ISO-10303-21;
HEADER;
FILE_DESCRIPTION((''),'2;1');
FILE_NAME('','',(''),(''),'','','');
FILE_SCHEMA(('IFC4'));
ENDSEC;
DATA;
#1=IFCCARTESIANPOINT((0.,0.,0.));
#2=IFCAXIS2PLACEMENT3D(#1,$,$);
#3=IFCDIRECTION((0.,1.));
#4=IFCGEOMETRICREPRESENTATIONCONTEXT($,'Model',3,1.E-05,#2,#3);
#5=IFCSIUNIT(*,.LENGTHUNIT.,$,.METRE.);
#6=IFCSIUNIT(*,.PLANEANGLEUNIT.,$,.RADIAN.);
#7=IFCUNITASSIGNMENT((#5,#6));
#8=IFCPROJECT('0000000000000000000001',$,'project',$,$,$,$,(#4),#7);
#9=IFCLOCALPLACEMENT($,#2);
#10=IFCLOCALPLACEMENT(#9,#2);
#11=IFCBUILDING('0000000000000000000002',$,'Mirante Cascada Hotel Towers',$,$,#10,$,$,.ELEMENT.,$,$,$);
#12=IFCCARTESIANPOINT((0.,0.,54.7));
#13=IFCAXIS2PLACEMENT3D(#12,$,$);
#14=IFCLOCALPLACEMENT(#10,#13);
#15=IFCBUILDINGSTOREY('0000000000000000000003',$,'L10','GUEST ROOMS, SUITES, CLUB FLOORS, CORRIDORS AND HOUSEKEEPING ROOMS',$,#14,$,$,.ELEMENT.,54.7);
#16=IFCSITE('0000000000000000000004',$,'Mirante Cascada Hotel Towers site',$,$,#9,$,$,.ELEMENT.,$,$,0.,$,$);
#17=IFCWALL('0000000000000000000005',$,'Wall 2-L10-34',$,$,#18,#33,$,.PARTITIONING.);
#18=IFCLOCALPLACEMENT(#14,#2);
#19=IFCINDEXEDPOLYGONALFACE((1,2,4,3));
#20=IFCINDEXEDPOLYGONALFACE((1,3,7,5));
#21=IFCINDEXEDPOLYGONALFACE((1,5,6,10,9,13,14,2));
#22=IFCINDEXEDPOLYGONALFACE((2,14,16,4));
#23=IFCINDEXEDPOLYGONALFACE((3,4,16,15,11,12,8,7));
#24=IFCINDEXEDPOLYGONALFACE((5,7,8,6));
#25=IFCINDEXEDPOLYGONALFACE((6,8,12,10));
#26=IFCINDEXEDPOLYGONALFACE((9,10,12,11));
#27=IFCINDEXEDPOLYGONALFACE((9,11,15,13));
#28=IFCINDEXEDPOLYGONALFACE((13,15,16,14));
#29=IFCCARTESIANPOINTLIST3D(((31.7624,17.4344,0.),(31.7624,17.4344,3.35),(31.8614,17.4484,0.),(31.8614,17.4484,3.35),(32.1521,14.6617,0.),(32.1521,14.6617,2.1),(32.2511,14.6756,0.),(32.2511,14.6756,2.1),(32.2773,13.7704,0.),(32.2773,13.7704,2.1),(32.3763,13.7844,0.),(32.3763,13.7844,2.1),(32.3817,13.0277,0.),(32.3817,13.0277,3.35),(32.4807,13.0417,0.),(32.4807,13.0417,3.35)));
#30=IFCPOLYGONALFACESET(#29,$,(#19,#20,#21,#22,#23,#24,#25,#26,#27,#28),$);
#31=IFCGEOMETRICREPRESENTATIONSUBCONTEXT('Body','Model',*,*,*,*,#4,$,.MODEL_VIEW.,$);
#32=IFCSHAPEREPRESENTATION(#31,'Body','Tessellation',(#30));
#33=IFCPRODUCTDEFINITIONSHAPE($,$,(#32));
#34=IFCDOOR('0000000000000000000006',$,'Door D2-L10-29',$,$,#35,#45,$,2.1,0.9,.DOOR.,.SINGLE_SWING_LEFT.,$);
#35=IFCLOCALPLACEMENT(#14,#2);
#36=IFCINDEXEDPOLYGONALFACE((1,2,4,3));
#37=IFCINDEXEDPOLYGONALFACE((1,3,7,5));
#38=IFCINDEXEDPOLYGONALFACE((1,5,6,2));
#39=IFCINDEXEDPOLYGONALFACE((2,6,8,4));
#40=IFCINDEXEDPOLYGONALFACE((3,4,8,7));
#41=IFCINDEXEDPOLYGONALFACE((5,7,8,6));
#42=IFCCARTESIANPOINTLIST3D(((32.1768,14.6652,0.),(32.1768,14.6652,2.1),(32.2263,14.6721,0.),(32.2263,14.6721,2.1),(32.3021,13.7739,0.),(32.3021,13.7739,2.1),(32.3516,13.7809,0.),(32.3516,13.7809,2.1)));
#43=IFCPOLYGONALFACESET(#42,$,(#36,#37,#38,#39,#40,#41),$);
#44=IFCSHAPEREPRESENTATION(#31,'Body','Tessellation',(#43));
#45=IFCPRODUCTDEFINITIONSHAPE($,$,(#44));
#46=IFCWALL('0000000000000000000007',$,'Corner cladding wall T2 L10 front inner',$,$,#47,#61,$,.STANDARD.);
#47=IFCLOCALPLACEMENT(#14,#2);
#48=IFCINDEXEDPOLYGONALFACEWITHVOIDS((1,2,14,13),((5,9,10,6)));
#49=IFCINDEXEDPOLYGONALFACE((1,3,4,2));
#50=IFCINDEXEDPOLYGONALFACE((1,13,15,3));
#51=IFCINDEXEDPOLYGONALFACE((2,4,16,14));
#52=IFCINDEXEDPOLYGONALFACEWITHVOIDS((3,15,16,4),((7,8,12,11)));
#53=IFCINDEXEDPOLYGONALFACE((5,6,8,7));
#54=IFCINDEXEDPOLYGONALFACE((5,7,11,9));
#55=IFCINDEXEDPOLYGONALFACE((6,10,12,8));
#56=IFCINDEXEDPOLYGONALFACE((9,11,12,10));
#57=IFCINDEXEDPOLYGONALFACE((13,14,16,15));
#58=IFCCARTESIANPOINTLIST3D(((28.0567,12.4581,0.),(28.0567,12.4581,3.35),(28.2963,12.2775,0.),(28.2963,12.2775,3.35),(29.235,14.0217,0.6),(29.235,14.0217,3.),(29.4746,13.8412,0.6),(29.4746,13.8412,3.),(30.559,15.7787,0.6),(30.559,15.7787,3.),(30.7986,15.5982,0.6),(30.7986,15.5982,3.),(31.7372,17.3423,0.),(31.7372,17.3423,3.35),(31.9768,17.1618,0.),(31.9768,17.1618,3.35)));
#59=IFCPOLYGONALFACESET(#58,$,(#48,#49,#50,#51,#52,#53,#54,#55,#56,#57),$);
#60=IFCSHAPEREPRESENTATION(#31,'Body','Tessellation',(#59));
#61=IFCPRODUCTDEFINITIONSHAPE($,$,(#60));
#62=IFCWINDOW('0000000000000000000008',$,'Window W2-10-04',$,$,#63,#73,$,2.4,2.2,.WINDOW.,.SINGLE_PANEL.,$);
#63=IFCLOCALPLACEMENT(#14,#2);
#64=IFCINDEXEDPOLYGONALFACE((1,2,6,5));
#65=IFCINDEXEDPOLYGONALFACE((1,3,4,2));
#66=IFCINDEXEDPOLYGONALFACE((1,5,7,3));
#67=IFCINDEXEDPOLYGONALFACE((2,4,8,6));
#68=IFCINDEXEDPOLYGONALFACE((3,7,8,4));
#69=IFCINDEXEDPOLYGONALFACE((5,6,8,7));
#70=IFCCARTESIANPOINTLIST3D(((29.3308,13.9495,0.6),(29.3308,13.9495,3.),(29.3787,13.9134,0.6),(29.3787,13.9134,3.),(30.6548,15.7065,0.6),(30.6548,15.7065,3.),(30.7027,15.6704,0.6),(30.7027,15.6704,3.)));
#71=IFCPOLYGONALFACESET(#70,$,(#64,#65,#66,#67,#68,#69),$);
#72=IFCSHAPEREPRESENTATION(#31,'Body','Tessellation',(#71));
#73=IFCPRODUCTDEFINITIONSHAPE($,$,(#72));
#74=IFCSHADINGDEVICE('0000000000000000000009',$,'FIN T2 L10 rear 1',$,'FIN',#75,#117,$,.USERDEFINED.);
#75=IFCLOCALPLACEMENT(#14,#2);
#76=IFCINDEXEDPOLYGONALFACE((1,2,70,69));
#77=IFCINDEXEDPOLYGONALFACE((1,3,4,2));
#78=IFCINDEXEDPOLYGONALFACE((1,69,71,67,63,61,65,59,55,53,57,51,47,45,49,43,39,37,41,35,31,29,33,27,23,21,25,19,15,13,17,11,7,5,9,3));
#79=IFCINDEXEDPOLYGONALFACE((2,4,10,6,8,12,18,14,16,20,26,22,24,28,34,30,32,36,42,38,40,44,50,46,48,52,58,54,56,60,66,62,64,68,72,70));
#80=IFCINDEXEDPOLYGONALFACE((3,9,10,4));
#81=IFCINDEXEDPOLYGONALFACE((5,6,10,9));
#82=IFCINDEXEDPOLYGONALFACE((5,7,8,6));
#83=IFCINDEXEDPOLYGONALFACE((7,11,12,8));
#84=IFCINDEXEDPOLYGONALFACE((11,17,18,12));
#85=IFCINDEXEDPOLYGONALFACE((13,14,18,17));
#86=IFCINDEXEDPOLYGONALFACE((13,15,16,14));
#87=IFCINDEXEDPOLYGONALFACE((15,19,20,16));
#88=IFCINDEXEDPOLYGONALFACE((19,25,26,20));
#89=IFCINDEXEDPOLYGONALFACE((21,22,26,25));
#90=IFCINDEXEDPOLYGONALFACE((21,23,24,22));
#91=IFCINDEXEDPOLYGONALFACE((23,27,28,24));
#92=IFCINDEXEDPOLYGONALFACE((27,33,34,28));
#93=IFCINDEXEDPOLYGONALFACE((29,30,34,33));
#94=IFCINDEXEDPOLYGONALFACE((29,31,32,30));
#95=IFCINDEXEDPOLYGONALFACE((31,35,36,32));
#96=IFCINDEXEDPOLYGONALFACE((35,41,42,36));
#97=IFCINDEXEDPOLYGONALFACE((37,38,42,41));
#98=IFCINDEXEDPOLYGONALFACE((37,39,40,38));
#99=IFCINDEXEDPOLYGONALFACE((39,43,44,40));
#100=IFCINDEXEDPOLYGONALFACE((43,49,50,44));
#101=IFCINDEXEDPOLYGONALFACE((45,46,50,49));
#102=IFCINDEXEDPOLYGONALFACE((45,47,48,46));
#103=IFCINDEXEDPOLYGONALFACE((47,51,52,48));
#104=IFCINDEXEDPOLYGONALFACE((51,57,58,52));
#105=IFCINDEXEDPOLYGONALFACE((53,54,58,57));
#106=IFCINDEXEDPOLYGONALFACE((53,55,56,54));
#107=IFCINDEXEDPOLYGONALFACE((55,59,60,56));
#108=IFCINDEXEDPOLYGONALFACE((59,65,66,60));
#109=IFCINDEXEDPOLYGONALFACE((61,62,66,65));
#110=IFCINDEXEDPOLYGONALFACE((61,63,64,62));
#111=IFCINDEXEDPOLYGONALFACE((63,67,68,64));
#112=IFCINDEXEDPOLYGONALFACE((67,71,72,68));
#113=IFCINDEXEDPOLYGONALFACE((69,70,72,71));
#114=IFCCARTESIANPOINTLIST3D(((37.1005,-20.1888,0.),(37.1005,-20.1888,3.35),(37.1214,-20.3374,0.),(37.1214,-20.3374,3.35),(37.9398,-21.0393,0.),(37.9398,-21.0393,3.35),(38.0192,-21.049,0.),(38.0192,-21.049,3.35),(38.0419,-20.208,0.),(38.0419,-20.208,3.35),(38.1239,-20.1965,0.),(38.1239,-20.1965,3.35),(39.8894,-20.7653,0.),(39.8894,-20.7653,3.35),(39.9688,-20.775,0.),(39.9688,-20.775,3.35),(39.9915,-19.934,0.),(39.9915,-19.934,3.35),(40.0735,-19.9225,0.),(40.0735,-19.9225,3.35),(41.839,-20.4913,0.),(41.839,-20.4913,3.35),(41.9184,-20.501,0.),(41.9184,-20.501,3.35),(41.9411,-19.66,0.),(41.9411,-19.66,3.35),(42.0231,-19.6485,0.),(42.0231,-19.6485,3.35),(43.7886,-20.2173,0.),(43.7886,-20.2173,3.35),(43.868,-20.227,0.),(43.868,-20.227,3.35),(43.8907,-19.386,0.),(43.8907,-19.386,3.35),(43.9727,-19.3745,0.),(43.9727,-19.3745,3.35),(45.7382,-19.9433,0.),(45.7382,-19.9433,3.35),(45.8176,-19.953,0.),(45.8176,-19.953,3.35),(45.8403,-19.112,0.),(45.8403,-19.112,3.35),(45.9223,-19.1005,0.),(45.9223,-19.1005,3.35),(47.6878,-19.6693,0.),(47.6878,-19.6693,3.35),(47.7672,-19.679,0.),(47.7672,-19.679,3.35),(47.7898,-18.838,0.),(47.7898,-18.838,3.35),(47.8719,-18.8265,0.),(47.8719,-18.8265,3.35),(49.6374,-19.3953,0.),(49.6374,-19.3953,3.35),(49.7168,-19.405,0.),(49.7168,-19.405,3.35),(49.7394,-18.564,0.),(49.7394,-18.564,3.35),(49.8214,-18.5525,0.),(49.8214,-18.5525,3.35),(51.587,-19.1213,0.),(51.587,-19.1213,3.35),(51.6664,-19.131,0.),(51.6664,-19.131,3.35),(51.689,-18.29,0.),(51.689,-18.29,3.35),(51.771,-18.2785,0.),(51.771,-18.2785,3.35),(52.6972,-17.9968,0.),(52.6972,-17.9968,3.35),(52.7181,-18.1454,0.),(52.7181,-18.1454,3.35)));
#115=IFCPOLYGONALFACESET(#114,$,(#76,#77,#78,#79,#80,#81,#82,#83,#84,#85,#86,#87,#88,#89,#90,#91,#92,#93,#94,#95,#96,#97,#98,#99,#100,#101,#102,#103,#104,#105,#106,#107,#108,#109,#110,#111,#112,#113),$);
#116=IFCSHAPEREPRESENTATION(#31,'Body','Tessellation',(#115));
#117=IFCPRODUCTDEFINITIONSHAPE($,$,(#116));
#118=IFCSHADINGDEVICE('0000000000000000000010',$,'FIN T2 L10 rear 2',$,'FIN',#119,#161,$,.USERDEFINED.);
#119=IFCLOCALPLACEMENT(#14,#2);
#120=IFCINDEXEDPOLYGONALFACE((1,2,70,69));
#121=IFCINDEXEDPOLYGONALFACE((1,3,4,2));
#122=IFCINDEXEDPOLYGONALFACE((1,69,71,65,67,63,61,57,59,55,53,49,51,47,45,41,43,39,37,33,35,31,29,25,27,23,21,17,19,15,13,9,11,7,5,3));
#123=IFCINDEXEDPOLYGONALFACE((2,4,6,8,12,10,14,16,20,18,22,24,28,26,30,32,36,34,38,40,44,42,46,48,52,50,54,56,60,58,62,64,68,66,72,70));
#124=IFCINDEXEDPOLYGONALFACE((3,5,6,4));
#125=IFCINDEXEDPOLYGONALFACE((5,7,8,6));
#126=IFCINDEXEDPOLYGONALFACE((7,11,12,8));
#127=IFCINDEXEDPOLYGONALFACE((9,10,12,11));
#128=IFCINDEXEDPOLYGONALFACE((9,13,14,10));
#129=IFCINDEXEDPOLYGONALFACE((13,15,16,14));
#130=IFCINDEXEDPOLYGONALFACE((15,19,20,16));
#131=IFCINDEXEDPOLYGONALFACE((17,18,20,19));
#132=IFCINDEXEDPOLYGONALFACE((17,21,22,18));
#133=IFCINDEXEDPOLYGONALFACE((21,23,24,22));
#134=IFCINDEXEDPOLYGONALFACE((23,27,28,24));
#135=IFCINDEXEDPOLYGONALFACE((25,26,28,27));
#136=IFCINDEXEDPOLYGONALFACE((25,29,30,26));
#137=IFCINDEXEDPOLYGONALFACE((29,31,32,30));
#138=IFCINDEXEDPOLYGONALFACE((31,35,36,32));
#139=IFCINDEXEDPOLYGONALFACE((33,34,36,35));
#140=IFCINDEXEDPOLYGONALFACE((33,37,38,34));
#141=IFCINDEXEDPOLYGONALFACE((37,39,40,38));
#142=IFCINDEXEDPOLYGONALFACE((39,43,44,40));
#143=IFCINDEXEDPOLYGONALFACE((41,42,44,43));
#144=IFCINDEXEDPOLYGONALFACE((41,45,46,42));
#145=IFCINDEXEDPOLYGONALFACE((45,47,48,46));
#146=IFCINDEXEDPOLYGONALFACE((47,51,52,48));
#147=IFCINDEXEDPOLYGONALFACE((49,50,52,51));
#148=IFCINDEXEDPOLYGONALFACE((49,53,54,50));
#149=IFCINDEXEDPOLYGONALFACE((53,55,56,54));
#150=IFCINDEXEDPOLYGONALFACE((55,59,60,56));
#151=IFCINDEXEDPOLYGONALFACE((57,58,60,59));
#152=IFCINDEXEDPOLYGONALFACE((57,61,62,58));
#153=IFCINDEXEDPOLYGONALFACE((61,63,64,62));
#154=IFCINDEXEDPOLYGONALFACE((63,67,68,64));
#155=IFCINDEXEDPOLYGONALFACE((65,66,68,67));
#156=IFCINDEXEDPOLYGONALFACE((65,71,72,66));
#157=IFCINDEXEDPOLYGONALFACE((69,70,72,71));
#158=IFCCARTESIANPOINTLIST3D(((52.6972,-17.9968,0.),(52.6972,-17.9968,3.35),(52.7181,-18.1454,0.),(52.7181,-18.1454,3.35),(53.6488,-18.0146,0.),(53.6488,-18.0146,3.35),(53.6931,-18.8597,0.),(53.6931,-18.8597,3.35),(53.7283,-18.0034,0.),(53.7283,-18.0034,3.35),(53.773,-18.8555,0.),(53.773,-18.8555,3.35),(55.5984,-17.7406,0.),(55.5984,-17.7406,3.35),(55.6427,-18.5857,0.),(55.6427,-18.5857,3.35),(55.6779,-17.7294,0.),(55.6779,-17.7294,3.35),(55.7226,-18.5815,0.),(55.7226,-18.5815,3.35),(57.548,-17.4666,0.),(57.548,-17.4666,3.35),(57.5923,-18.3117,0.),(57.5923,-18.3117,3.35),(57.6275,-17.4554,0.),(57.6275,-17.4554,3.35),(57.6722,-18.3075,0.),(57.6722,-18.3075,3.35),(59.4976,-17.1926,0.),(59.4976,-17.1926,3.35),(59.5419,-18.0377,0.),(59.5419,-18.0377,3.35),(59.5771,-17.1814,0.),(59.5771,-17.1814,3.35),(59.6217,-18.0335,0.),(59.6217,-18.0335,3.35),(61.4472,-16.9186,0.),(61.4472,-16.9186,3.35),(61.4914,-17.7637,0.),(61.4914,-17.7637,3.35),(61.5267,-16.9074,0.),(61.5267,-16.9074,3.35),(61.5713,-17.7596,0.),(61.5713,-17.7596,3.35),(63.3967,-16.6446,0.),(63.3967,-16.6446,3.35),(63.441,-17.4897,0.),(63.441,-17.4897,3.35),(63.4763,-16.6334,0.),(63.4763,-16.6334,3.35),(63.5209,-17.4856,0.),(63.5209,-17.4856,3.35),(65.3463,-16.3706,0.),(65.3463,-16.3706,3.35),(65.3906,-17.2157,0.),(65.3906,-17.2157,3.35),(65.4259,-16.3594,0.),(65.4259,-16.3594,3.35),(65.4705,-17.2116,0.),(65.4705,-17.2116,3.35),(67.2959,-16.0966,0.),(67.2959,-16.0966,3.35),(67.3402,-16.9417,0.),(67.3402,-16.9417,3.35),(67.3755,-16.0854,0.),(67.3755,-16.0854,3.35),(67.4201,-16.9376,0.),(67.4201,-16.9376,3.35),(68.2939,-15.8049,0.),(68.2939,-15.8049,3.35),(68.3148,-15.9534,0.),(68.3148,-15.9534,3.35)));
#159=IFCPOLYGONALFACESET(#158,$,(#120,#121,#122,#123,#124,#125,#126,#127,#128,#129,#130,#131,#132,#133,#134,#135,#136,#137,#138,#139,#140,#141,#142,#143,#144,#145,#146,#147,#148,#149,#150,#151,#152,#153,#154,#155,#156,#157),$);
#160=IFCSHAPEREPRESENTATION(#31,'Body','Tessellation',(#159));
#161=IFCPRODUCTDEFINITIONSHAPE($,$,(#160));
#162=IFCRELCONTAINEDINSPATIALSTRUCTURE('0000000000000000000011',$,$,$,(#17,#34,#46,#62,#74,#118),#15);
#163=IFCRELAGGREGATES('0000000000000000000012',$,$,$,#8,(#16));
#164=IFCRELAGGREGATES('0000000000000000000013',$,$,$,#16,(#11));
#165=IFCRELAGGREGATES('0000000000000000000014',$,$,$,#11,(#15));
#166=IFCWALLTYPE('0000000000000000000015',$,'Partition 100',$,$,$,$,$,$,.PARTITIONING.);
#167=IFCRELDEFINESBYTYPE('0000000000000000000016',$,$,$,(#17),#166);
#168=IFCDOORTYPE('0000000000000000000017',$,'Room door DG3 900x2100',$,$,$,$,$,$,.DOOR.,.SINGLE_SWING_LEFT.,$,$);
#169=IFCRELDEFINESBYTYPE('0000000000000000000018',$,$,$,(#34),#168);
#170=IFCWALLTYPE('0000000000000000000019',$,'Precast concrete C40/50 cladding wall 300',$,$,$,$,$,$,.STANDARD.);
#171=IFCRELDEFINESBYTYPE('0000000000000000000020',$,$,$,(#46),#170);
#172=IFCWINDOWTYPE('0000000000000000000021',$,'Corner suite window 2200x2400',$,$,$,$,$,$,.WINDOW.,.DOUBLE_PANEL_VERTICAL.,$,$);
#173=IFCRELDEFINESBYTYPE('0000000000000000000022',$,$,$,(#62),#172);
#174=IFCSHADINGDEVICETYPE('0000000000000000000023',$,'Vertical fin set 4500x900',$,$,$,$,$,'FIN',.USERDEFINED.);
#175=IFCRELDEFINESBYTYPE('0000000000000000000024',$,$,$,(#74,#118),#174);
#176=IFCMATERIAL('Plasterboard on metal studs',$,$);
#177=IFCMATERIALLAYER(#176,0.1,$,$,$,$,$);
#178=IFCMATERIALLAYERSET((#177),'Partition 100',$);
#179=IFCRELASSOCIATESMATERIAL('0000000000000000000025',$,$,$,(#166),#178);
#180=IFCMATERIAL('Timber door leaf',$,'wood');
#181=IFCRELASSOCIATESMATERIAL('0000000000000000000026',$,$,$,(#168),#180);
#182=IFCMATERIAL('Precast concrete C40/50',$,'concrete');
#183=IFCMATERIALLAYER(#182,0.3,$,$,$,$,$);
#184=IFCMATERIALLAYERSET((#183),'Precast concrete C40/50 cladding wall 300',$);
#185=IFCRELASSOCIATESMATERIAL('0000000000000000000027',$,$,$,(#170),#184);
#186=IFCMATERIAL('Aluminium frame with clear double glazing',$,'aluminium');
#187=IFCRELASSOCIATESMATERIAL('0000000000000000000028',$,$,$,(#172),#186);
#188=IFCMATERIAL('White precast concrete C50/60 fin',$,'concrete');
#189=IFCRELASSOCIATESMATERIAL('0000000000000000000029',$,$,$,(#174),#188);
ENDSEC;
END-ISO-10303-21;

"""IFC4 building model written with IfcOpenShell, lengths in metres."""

from ifc_helpers import new_model, si_unit, direction, frame, frame_2d, origin, place, context, subcontext, project, spatial, polyline, rectangle, outline, extrude, material, layer, layer_set, type_object, element, fill, save


model = new_model("IFC4")

# Units and contexts
model_context = context("Model", 3, precision=1e-05, world=origin(), true_north=direction((0.0, 1.0)))
body_context = subcontext(model_context, "Body", "Model", "MODEL_VIEW")
ifc_project = project(units=[si_unit("LENGTHUNIT", "METRE"), si_unit("PLANEANGLEUNIT", "RADIAN")], contexts=[model_context])

# Site, building, storey
site_placement = place(None, origin())
site = spatial("IfcSite", under=ifc_project, at=site_placement, Name="Mirante Cascada Hotel Towers site", CompositionType="ELEMENT", RefElevation=0.0)
building_placement = place(site_placement, origin())
building = spatial("IfcBuilding", under=site, at=building_placement, Name="Mirante Cascada Hotel Towers", CompositionType="ELEMENT")
storey_placement = place(building_placement, frame((0.0, 0.0, 54.7)))
storey = spatial("IfcBuildingStorey", under=building, at=storey_placement, Name="L10", Description="GUEST ROOMS, SUITES, CLUB FLOORS, CORRIDORS AND HOUSEKEEPING ROOMS", CompositionType="ELEMENT", Elevation=54.7)

# Shared definitions
ifc_material_1 = material(Name="Plasterboard on metal studs")
ifc_layer_1 = layer(ifc_material_1, 0.1)
ifc_layer_set_1 = layer_set([ifc_layer_1], Name="Partition 100")
wall_type_1 = type_object("IfcWallType", Name="Partition 100", PredefinedType="PARTITIONING", material=ifc_layer_set_1)

# Wall, opening, door
wall_1_placement = place(storey_placement, frame((31.8119, 17.4414, 0.0), z_axis=(0.0, 0.0, 1.0), x_axis=(0.139168, -0.990269, 0.0)))
wall_1 = element("IfcWall", 1, at=wall_1_placement, inside=storey, type_object=wall_type_1, Name="Wall 2-L10-34", PredefinedType="PARTITIONING", context=body_context, shape_type="SweptSolid", body=[
    extrude(rectangle(XDim=4.45, YDim=0.1, at=frame_2d((2.225, 0.0))), origin(), (0.0, 0.0, 1.0), 3.35),
])
opening_1_placement = place(wall_1_placement, frame((2.8, 0.0, 0.0)))
opening_1 = element("IfcOpeningElement", 2, at=opening_1_placement, cuts=wall_1, PredefinedType="OPENING", context=body_context, shape_type="SweptSolid", body=[
    extrude(rectangle(XDim=0.9, YDim=2.1, at=frame_2d((0.45, 1.05))), frame((0.0, 0.05, 0.0), z_axis=(0.0, -1.0, 0.0), x_axis=(1.0, 0.0, 0.0)), (0.0, 0.0, 1.0), 0.1),
])
ifc_material_2 = material(Name="Timber door leaf", Category="wood")
door_type_1 = type_object("IfcDoorType", Name="Room door DG3 900x2100", OperationType="SINGLE_SWING_LEFT", PredefinedType="DOOR", material=ifc_material_2)
door_1_placement = place(opening_1_placement, origin())
door_1 = element("IfcDoor", 3, at=door_1_placement, inside=storey, type_object=door_type_1, Name="Door D2-L10-29", OperationType="SINGLE_SWING_LEFT", OverallHeight=2.1, OverallWidth=0.9, PredefinedType="DOOR", context=body_context, shape_type="SweptSolid", body=[
    extrude(rectangle(XDim=0.9, YDim=2.1, at=frame_2d((0.45, 1.05))), frame((0.0, 0.025, 0.0), z_axis=(0.0, -1.0, 0.0), x_axis=(1.0, 0.0, 0.0)), (0.0, 0.0, 1.0), 0.05),
])
fill(opening_1, door_1)

# Wall, opening, window
ifc_material_3 = material(Name="Precast concrete C40/50", Category="concrete")
ifc_layer_2 = layer(ifc_material_3, 0.3)
ifc_layer_set_2 = layer_set([ifc_layer_2], Name="Precast concrete C40/50 cladding wall 300")
wall_type_2 = type_object("IfcWallType", Name="Precast concrete C40/50 cladding wall 300", PredefinedType="STANDARD", material=ifc_layer_set_2)
wall_2_placement = place(storey_placement, frame((31.857, 17.252, 0.0), z_axis=(0.0, 0.0, 1.0), x_axis=(-0.601814, -0.798636, 0.0)))
wall_2 = element("IfcWall", 4, at=wall_2_placement, inside=storey, type_object=wall_type_2, Name="Corner cladding wall T2 L10 front inner", PredefinedType="STANDARD", context=body_context, shape_type="SweptSolid", body=[
    extrude(rectangle(XDim=6.1157, YDim=0.3, at=frame_2d((3.0578, 0.0))), origin(), (0.0, 0.0, 1.0), 3.35),
])
opening_2_placement = place(wall_2_placement, frame((1.9578, 0.0, 0.6)))
opening_2 = element("IfcOpeningElement", 5, at=opening_2_placement, cuts=wall_2, PredefinedType="OPENING", context=body_context, shape_type="SweptSolid", body=[
    extrude(rectangle(XDim=2.2, YDim=2.4, at=frame_2d((1.1, 1.2))), frame((0.0, 0.15, 0.0), z_axis=(0.0, -1.0, 0.0), x_axis=(1.0, 0.0, 0.0)), (0.0, 0.0, 1.0), 0.3),
])
ifc_material_4 = material(Name="Aluminium frame with clear double glazing", Category="aluminium")
window_type = type_object("IfcWindowType", Name="Corner suite window 2200x2400", PartitioningType="DOUBLE_PANEL_VERTICAL", PredefinedType="WINDOW", material=ifc_material_4)
window_placement = place(opening_2_placement, origin())
window = element("IfcWindow", 6, at=window_placement, inside=storey, type_object=window_type, Name="Window W2-10-04", OverallHeight=2.4, OverallWidth=2.2, PartitioningType="SINGLE_PANEL", PredefinedType="WINDOW", context=body_context, shape_type="SweptSolid", body=[
    extrude(rectangle(XDim=2.2, YDim=2.4, at=frame_2d((1.1, 1.2))), frame((0.0, 0.03, 0.0), z_axis=(0.0, -1.0, 0.0), x_axis=(1.0, 0.0, 0.0)), (0.0, 0.0, 1.0), 0.06),
])
fill(opening_2, window)

# Shading devices
ifc_material_5 = material(Name="White precast concrete C50/60 fin", Category="concrete")
shading_device_type = type_object("IfcShadingDeviceType", Name="Vertical fin set 4500x900", ElementType="FIN", PredefinedType="USERDEFINED", material=ifc_material_5)
shading_device_1_placement = place(storey_placement, origin())
element("IfcShadingDevice", 7, at=shading_device_1_placement, inside=storey, type_object=shading_device_type, Name="FIN T2 L10 rear 1", ObjectType="FIN", PredefinedType="USERDEFINED", context=body_context, shape_type="SweptSolid", body=[
    extrude(outline(polyline([(37.9398, -21.0393), (38.0419, -20.208), (37.1214, -20.3374), (37.1005, -20.1888), (52.6972, -17.9968), (52.7181, -18.1454), (51.771, -18.2785), (51.6664, -19.131), (51.587, -19.1213), (51.689, -18.29), (49.8214, -18.5525), (49.7168, -19.405), (49.6374, -19.3953), (49.7394, -18.564), (47.8719, -18.8265), (47.7672, -19.679), (47.6878, -19.6693), (47.7898, -18.838), (45.9223, -19.1005), (45.8176, -19.953), (45.7382, -19.9433), (45.8403, -19.112), (43.9727, -19.3745), (43.868, -20.227), (43.7886, -20.2173), (43.8907, -19.386), (42.0231, -19.6485), (41.9184, -20.501), (41.839, -20.4913), (41.9411, -19.66), (40.0735, -19.9225), (39.9688, -20.775), (39.8894, -20.7653), (39.9915, -19.934), (38.1239, -20.1965), (38.0192, -21.049), (37.9398, -21.0393)])), origin(), (0.0, 0.0, 1.0), 3.35),
])
shading_device_2_placement = place(storey_placement, origin())
element("IfcShadingDevice", 8, at=shading_device_2_placement, inside=storey, type_object=shading_device_type, Name="FIN T2 L10 rear 2", ObjectType="FIN", PredefinedType="USERDEFINED", context=body_context, shape_type="SweptSolid", body=[
    extrude(outline(polyline([(53.6931, -18.8597), (53.6488, -18.0146), (52.7181, -18.1454), (52.6972, -17.9968), (68.2939, -15.8049), (68.3148, -15.9534), (67.3755, -16.0854), (67.4201, -16.9376), (67.3402, -16.9417), (67.2959, -16.0966), (65.4259, -16.3594), (65.4705, -17.2116), (65.3906, -17.2157), (65.3463, -16.3706), (63.4763, -16.6334), (63.5209, -17.4856), (63.441, -17.4897), (63.3967, -16.6446), (61.5267, -16.9074), (61.5713, -17.7596), (61.4914, -17.7637), (61.4472, -16.9186), (59.5771, -17.1814), (59.6217, -18.0335), (59.5419, -18.0377), (59.4976, -17.1926), (57.6275, -17.4554), (57.6722, -18.3075), (57.5923, -18.3117), (57.548, -17.4666), (55.6779, -17.7294), (55.7226, -18.5815), (55.6427, -18.5857), (55.5984, -17.7406), (53.7283, -18.0034), (53.773, -18.8555), (53.6931, -18.8597)])), origin(), (0.0, 0.0, 1.0), 3.35),
])

save(model, "model.ifc")
